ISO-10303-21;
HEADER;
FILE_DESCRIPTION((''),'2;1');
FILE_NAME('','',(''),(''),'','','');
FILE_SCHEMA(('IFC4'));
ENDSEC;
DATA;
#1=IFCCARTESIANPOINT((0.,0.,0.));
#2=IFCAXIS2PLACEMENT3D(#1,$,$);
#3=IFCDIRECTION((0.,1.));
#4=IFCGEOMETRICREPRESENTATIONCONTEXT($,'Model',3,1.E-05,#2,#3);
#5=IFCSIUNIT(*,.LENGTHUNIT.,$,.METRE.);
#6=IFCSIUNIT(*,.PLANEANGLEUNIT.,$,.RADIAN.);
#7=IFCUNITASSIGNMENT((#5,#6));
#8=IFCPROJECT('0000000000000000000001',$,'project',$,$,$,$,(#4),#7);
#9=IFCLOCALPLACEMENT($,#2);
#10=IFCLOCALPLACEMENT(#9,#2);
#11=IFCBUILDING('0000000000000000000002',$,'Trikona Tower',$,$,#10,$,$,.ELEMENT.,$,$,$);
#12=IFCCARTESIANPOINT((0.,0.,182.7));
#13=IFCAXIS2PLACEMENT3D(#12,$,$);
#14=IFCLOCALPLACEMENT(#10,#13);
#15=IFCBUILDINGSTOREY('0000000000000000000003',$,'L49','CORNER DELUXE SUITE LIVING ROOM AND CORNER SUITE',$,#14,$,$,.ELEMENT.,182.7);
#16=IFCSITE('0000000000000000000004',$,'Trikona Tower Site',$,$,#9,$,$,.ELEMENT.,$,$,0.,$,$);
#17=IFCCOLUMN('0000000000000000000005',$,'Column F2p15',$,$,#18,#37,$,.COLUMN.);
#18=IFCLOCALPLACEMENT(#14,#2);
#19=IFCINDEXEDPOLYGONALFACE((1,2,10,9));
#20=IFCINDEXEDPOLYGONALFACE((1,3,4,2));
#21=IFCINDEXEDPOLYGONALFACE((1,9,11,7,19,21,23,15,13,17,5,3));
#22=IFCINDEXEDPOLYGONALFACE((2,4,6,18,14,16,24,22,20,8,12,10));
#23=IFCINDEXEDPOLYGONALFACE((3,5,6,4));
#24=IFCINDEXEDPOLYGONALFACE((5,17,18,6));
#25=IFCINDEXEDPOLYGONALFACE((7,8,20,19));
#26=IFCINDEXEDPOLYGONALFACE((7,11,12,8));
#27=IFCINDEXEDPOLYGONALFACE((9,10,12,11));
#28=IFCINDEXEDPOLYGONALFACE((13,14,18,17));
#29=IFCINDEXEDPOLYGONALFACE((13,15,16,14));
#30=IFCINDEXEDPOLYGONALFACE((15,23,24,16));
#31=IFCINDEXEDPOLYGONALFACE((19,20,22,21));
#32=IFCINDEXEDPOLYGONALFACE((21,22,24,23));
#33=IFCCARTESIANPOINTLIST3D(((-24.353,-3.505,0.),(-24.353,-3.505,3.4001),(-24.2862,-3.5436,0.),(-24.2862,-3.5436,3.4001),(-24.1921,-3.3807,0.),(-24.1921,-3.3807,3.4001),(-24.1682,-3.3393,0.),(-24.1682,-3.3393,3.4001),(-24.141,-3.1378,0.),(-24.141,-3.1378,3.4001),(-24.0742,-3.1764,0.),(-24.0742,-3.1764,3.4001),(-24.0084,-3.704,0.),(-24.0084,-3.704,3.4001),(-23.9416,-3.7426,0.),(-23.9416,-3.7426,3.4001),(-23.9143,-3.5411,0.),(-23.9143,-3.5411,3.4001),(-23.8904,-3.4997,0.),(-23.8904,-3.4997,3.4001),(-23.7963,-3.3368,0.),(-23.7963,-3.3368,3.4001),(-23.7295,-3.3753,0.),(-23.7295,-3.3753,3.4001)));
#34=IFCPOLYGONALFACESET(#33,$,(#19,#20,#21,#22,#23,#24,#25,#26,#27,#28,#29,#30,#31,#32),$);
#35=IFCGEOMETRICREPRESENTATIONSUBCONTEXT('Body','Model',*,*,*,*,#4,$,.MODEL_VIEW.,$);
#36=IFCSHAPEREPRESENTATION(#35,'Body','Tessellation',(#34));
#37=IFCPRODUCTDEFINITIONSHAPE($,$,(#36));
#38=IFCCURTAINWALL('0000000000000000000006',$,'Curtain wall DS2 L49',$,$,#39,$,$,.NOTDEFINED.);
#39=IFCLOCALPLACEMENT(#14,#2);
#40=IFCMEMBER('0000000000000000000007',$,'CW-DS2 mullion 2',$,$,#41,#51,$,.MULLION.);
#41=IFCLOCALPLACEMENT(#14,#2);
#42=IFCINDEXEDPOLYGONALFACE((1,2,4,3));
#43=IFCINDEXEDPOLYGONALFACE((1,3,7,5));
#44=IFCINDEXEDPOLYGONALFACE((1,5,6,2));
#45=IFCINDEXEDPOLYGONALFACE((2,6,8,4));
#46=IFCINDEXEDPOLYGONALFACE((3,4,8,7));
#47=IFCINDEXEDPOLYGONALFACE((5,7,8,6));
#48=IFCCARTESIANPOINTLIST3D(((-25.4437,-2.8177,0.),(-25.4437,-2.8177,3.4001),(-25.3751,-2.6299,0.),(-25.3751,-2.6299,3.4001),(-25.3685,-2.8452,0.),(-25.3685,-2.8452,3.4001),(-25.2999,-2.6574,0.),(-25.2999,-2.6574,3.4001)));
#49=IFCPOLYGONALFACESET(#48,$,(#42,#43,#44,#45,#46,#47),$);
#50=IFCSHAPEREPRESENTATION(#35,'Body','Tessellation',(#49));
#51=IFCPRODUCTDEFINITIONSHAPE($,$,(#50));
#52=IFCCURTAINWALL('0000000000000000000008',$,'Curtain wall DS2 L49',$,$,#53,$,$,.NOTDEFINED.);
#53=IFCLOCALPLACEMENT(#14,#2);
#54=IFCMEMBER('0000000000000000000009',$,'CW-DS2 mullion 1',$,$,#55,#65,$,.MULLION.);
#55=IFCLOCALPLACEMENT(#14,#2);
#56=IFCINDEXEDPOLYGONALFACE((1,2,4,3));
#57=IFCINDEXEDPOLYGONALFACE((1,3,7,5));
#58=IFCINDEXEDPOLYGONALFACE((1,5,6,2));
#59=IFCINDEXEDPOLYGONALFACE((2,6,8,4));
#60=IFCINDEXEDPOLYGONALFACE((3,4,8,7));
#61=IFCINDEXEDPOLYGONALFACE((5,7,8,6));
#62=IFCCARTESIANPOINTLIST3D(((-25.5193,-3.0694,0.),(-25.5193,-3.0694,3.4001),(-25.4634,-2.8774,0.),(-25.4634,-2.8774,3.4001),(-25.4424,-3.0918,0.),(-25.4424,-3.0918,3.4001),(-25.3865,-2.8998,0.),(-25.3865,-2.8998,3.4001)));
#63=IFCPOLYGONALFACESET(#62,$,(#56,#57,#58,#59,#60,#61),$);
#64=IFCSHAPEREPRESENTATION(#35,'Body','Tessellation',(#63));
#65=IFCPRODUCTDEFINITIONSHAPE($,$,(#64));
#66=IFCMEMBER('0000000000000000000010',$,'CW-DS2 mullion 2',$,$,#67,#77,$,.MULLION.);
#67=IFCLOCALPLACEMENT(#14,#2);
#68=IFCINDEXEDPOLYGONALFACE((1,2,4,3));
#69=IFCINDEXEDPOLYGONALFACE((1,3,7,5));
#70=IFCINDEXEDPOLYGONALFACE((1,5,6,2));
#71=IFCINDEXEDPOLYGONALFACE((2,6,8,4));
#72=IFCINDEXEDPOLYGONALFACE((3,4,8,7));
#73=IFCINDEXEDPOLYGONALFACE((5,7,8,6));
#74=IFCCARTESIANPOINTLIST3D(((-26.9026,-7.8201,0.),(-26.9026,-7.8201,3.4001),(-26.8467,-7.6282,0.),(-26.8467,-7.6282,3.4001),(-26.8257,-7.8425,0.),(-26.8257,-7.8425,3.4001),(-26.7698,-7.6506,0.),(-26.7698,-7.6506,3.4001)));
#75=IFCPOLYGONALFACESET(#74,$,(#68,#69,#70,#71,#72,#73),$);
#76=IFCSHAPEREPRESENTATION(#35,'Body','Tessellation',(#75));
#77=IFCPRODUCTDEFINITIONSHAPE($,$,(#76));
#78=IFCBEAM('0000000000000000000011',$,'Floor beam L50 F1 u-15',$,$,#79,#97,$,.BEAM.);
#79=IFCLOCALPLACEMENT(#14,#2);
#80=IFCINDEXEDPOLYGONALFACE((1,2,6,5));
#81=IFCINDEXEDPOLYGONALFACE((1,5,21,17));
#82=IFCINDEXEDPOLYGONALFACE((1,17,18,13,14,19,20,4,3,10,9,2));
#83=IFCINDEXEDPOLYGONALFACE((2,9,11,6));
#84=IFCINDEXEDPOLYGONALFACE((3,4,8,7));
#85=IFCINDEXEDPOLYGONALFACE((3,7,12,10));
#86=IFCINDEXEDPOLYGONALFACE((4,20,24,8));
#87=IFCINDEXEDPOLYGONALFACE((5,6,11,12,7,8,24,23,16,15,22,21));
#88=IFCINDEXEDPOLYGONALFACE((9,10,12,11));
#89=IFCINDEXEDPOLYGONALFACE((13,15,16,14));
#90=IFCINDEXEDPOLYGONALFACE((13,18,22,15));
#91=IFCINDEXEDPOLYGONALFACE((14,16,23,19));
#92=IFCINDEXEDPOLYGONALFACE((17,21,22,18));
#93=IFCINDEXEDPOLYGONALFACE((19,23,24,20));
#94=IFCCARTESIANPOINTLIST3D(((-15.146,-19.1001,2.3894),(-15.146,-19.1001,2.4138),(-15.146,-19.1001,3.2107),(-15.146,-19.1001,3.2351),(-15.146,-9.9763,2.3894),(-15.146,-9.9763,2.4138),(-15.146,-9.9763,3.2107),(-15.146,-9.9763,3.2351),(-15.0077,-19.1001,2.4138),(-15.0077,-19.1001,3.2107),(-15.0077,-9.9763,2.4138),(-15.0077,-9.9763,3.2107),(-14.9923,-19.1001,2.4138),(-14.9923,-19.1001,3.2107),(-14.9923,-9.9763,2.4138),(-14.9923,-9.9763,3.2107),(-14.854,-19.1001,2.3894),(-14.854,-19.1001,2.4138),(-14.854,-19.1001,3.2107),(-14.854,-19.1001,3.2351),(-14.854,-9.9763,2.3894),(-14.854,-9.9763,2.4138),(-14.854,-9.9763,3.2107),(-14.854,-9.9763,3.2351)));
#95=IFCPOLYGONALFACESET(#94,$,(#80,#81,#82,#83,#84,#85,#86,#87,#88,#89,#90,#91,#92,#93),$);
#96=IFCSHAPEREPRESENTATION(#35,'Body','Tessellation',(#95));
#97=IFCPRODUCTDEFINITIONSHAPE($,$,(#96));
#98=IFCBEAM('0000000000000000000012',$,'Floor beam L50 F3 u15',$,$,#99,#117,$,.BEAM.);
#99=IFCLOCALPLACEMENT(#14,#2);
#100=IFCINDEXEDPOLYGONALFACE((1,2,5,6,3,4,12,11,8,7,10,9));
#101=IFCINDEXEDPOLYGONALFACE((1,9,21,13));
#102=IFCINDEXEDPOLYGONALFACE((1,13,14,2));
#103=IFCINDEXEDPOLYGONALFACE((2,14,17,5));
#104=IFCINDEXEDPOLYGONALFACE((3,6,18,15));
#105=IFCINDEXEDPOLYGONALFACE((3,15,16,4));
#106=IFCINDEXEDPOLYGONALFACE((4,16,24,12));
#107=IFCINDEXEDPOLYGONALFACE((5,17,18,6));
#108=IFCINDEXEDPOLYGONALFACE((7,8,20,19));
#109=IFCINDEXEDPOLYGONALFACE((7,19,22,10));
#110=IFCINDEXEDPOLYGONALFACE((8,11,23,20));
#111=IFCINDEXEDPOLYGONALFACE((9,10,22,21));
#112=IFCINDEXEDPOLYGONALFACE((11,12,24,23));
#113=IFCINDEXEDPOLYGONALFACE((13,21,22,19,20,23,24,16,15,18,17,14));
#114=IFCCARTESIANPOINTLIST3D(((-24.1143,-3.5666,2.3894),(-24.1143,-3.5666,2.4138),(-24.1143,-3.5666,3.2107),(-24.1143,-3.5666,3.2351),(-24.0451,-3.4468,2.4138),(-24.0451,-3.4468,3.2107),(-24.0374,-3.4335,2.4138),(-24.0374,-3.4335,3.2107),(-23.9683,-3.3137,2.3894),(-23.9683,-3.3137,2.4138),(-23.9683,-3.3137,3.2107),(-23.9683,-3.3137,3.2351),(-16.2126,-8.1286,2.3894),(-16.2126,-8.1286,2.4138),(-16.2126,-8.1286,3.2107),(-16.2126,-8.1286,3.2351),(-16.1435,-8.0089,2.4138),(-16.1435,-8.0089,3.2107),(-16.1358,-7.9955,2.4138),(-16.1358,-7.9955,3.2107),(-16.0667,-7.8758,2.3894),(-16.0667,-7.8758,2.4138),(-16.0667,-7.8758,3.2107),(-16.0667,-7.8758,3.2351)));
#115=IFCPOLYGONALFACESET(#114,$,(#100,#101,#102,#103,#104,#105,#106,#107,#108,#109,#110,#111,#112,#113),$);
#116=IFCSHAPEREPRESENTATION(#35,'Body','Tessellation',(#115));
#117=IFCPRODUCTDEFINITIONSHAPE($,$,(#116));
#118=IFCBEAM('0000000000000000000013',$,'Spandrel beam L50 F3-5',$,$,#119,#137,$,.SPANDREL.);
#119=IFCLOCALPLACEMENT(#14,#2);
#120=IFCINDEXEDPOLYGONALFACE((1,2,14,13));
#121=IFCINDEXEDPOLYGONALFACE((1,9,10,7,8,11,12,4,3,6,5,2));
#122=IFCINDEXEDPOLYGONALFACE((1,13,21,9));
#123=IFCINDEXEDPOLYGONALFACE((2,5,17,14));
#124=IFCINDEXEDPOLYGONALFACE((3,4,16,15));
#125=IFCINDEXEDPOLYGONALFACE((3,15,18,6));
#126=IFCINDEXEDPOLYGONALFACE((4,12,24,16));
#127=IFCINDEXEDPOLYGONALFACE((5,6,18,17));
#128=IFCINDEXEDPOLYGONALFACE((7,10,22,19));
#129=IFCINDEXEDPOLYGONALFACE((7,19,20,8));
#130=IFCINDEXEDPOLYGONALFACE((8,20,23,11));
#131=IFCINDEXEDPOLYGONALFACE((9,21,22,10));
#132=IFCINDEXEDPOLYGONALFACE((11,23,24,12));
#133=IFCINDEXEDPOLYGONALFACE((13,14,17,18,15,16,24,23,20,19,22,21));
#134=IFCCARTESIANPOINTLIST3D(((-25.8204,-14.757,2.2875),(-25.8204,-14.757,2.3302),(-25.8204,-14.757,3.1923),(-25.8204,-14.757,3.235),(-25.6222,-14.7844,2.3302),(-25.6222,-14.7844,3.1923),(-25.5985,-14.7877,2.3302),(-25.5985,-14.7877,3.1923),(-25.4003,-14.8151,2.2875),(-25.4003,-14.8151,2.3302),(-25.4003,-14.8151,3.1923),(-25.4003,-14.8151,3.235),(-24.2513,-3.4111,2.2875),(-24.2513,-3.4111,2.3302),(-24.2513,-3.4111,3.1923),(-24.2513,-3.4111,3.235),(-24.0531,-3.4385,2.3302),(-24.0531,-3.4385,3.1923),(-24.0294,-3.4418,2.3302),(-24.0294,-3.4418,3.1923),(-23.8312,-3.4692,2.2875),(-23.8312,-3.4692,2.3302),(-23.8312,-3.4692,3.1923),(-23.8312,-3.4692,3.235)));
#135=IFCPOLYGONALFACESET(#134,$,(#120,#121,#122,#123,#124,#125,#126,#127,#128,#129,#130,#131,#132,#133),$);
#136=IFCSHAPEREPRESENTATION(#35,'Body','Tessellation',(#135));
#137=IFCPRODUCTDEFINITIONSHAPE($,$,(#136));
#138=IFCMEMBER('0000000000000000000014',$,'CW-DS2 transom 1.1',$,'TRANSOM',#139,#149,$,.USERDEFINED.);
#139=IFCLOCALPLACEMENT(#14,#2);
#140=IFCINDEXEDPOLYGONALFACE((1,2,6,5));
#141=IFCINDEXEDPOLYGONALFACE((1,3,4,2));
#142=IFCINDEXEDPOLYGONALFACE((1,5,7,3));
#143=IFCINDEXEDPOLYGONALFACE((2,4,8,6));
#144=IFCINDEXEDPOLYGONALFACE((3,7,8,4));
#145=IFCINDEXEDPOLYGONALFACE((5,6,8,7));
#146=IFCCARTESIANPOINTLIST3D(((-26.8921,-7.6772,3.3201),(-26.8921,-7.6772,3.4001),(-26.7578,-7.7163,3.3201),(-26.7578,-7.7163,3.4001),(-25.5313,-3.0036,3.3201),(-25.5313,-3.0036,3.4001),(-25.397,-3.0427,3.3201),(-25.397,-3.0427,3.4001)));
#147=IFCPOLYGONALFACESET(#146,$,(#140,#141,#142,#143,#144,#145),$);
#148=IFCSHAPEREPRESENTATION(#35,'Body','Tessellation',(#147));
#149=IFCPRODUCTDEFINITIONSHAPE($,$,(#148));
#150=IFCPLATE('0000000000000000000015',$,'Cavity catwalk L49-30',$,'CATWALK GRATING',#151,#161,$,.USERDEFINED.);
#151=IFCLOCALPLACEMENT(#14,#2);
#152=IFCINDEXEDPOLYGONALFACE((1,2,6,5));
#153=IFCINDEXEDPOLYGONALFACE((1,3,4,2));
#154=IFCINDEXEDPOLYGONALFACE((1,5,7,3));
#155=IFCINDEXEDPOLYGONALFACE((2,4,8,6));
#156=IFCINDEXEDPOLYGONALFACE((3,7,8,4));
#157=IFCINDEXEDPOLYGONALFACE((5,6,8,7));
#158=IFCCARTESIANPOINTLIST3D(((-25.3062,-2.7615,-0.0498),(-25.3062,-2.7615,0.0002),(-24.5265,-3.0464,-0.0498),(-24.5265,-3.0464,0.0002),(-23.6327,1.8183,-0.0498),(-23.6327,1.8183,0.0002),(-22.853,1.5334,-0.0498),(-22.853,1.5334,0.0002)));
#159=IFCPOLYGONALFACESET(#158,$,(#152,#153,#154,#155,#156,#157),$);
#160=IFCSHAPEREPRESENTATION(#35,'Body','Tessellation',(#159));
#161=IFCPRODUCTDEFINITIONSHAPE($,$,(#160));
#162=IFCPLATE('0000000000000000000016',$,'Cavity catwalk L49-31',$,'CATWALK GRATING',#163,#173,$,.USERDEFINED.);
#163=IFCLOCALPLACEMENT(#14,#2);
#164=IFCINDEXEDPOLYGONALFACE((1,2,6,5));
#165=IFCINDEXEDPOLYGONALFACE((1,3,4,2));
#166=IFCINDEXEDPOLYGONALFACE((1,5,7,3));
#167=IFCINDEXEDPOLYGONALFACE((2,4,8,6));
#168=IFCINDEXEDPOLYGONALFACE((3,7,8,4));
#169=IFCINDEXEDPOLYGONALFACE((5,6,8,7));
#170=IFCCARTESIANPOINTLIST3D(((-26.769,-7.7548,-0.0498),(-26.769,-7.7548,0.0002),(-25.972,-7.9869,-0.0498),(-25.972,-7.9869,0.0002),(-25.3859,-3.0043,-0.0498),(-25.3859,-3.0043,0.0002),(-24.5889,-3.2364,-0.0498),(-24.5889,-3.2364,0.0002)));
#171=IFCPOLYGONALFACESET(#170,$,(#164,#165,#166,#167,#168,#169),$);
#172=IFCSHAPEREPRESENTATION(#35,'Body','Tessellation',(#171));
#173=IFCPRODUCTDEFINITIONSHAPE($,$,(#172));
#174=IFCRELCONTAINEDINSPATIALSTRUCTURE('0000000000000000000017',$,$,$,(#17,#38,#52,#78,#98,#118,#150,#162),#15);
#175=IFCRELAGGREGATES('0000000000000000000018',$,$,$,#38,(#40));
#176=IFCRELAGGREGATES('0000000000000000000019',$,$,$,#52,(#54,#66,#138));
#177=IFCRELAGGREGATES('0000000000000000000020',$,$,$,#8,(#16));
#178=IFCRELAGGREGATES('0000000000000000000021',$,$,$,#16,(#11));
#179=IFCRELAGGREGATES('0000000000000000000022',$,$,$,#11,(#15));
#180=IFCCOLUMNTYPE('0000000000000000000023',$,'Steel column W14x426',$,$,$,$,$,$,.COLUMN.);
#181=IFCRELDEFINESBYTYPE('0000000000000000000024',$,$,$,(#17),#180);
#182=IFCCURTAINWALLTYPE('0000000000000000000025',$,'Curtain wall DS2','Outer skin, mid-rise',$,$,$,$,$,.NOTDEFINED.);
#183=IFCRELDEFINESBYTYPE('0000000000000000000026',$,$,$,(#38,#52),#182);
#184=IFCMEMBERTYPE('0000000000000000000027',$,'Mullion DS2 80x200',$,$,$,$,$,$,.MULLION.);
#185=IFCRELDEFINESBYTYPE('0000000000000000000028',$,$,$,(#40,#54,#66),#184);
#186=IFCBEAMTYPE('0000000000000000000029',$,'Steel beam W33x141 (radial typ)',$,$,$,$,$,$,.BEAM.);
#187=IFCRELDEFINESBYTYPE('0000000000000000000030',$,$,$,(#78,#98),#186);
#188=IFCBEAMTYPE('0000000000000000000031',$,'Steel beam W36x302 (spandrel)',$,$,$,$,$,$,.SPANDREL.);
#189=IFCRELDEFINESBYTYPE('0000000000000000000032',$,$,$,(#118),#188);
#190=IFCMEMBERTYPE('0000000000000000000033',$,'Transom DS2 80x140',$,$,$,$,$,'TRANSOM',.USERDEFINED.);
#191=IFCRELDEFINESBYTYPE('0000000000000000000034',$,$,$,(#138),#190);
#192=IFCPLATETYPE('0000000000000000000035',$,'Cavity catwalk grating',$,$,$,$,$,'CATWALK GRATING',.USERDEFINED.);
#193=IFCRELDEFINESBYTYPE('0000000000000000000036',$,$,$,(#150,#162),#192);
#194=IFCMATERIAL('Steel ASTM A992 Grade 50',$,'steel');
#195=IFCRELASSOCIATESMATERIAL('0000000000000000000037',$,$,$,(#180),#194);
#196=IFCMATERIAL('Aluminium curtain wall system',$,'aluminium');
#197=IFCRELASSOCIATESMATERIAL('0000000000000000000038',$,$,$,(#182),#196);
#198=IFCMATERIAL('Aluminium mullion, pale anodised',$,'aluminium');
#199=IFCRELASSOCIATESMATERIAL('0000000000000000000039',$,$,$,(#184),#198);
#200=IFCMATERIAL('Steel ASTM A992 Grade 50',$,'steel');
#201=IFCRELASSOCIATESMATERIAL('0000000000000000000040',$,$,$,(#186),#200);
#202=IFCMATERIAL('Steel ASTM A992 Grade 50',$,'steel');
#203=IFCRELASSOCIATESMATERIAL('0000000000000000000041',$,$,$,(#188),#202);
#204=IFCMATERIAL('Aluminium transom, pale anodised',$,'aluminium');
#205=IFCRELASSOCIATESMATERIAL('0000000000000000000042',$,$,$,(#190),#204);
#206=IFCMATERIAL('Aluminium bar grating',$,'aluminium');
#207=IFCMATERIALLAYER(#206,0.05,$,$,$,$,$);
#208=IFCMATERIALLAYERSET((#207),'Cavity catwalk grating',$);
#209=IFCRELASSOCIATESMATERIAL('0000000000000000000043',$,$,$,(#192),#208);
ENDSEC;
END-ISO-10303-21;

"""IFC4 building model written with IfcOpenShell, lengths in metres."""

from ifc_helpers import new_model, si_unit, direction, frame, origin, origin_2d, place, context, subcontext, project, spatial, rectangle, i_section, extrude, material, layer, layer_set, material_profile, profile_set, type_object, element, aggregate, save


model = new_model("IFC4")

# Units and contexts
model_context = context("Model", 3, precision=1e-05, world=origin(), true_north=direction((0.0, 1.0)))
body_context = subcontext(model_context, "Body", "Model", "MODEL_VIEW")
ifc_project = project(units=[si_unit("LENGTHUNIT", "METRE"), si_unit("PLANEANGLEUNIT", "RADIAN")], contexts=[model_context])

# Site, building, storey
site_placement = place(None, origin())
site = spatial("IfcSite", under=ifc_project, at=site_placement, Name="Trikona Tower Site", CompositionType="ELEMENT", RefElevation=0.0)
building_placement = place(site_placement, origin())
building = spatial("IfcBuilding", under=site, at=building_placement, Name="Trikona Tower", CompositionType="ELEMENT")
storey_placement = place(building_placement, frame((0.0, 0.0, 182.7)))
storey = spatial("IfcBuildingStorey", under=building, at=storey_placement, Name="L49", Description="CORNER DELUXE SUITE LIVING ROOM AND CORNER SUITE", CompositionType="ELEMENT", Elevation=182.7)

# Column
ifc_material_1 = material(Name="Steel ASTM A992 Grade 50", Category="steel")
ifc_material_profile_1 = material_profile(ifc_material_1, i_section(OverallWidth=0.4241, OverallDepth=0.4751, WebThickness=0.0479, FlangeThickness=0.0771, at=origin_2d()), Name="W14X426")
ifc_profile_set_1 = profile_set([ifc_material_profile_1], Name="Steel ASTM A992 Grade 50")
column_type = type_object("IfcColumnType", Name="Steel column W14x426", PredefinedType="COLUMN", material=ifc_profile_set_1)
column_placement = place(storey_placement, frame((-24.0413, -3.4402, 0.0), z_axis=(0.0, 0.0, 1.0), x_axis=(-0.5, -0.866025, 0.0)))
element("IfcColumn", 1, at=column_placement, inside=storey, type_object=column_type, Name="Column F2p15", PredefinedType="COLUMN", context=body_context, shape_type="SweptSolid", body=[
    extrude(i_section(OverallWidth=0.4241, OverallDepth=0.4751, WebThickness=0.0479, FlangeThickness=0.0771, at=origin_2d()), origin(), (0.0, 0.0, 1.0), 3.4001),
])

# Curtain wall, member
ifc_material_2 = material(Name="Aluminium curtain wall system", Category="aluminium")
curtain_wall_type = type_object("IfcCurtainWallType", Name="Curtain wall DS2", Description="Outer skin, mid-rise", PredefinedType="NOTDEFINED", material=ifc_material_2)
curtain_wall_1_placement = place(storey_placement, origin())
curtain_wall_1 = element("IfcCurtainWall", 2, at=curtain_wall_1_placement, inside=storey, type_object=curtain_wall_type, Name="Curtain wall DS2 L49", PredefinedType="NOTDEFINED")
ifc_material_3 = material(Name="Aluminium mullion, pale anodised", Category="aluminium")
ifc_material_profile_2 = material_profile(ifc_material_3, rectangle(XDim=0.0801, YDim=0.2, at=origin_2d()), Name="MUL-DS2")
ifc_profile_set_2 = profile_set([ifc_material_profile_2], Name="Aluminium mullion, pale anodised")
member_type_1 = type_object("IfcMemberType", Name="Mullion DS2 80x200", PredefinedType="MULLION", material=ifc_profile_set_2)
member_1_placement = place(storey_placement, frame((-25.3718, -2.7375, 0.0), z_axis=(0.0, 0.0, 1.0), x_axis=(0.939254, -0.343223, 0.0)))
member_1 = element("IfcMember", 3, at=member_1_placement, type_object=member_type_1, Name="CW-DS2 mullion 2", PredefinedType="MULLION", context=body_context, shape_type="SweptSolid", body=[
    extrude(rectangle(XDim=0.0801, YDim=0.2, at=origin_2d()), origin(), (0.0, 0.0, 1.0), 3.4001),
])
aggregate(curtain_wall_1, [member_1])

# Curtain wall, members
curtain_wall_2_placement = place(storey_placement, origin())
curtain_wall_2 = element("IfcCurtainWall", 4, at=curtain_wall_2_placement, inside=storey, type_object=curtain_wall_type, Name="Curtain wall DS2 L49", PredefinedType="NOTDEFINED")
member_2_placement = place(storey_placement, frame((-25.4529, -2.9846, 0.0), z_axis=(0.0, 0.0, 1.0), x_axis=(0.960133, -0.279543, 0.0)))
member_2 = element("IfcMember", 5, at=member_2_placement, type_object=member_type_1, Name="CW-DS2 mullion 1", PredefinedType="MULLION", context=body_context, shape_type="SweptSolid", body=[
    extrude(rectangle(XDim=0.0801, YDim=0.2, at=origin_2d()), origin(), (0.0, 0.0, 1.0), 3.4001),
])
member_3_placement = place(storey_placement, frame((-26.8362, -7.7354, 0.0), z_axis=(0.0, 0.0, 1.0), x_axis=(0.960133, -0.279543, 0.0)))
member_3 = element("IfcMember", 6, at=member_3_placement, type_object=member_type_1, Name="CW-DS2 mullion 2", PredefinedType="MULLION", context=body_context, shape_type="SweptSolid", body=[
    extrude(rectangle(XDim=0.0801, YDim=0.2, at=origin_2d()), origin(), (0.0, 0.0, 1.0), 3.4001),
])

# Beams
ifc_material_4 = material(Name="Steel ASTM A992 Grade 50", Category="steel")
ifc_material_profile_3 = material_profile(ifc_material_4, i_section(OverallWidth=0.292, OverallDepth=0.8457, WebThickness=0.0154, FlangeThickness=0.0244, at=origin_2d()), Name="W33X141")
ifc_profile_set_3 = profile_set([ifc_material_profile_3], Name="Steel ASTM A992 Grade 50")
beam_type_1 = type_object("IfcBeamType", Name="Steel beam W33x141 (radial typ)", PredefinedType="BEAM", material=ifc_profile_set_3)
beam_1_placement = place(storey_placement, frame((-15.0, -9.9763, 2.8123), z_axis=(0.0, -1.0, 0.0), x_axis=(1.0, 0.0, 0.0)))
element("IfcBeam", 7, at=beam_1_placement, inside=storey, type_object=beam_type_1, Name="Floor beam L50 F1 u-15", PredefinedType="BEAM", context=body_context, shape_type="SweptSolid", body=[
    extrude(i_section(OverallWidth=0.292, OverallDepth=0.8457, WebThickness=0.0154, FlangeThickness=0.0244, at=origin_2d()), origin(), (0.0, 0.0, 1.0), 9.1238),
])
beam_2_placement = place(storey_placement, frame((-16.1396, -8.0022, 2.8123), z_axis=(-0.866025, 0.500001, 0.0), x_axis=(-0.500001, -0.866025, 0.0)))
element("IfcBeam", 8, at=beam_2_placement, inside=storey, type_object=beam_type_1, Name="Floor beam L50 F3 u15", PredefinedType="BEAM", context=body_context, shape_type="SweptSolid", body=[
    extrude(i_section(OverallWidth=0.292, OverallDepth=0.8457, WebThickness=0.0154, FlangeThickness=0.0244, at=origin_2d()), origin(), (0.0, 0.0, 1.0), 9.124),
])
ifc_material_5 = material(Name="Steel ASTM A992 Grade 50", Category="steel")
ifc_material_profile_4 = material_profile(ifc_material_5, i_section(OverallWidth=0.4241, OverallDepth=0.9475, WebThickness=0.0239, FlangeThickness=0.0427, at=origin_2d()), Name="W36X302")
ifc_profile_set_4 = profile_set([ifc_material_profile_4], Name="Steel ASTM A992 Grade 50")
beam_type_2 = type_object("IfcBeamType", Name="Steel beam W36x302 (spandrel)", PredefinedType="SPANDREL", material=ifc_profile_set_4)
beam_3_placement = place(storey_placement, frame((-24.0413, -3.4402, 2.7612), z_axis=(-0.136992, -0.990572, 0.0), x_axis=(0.990572, -0.136992, 0.0)))
element("IfcBeam", 9, at=beam_3_placement, inside=storey, type_object=beam_type_2, Name="Spandrel beam L50 F3-5", PredefinedType="SPANDREL", context=body_context, shape_type="SweptSolid", body=[
    extrude(i_section(OverallWidth=0.4241, OverallDepth=0.9475, WebThickness=0.0239, FlangeThickness=0.0427, at=origin_2d()), origin(), (0.0, 0.0, 1.0), 11.4539),
])

# Member
ifc_material_6 = material(Name="Aluminium transom, pale anodised", Category="aluminium")
ifc_material_profile_5 = material_profile(ifc_material_6, rectangle(XDim=0.1399, YDim=0.0801, at=origin_2d()), Name="TRN-DS2")
ifc_profile_set_5 = profile_set([ifc_material_profile_5], Name="Aluminium transom, pale anodised")
member_type_2 = type_object("IfcMemberType", Name="Transom DS2 80x140", ElementType="TRANSOM", PredefinedType="USERDEFINED", material=ifc_profile_set_5)
member_4_placement = place(storey_placement, frame((-25.4641, -3.0232, 3.3601), z_axis=(-0.279567, -0.960126, 0.0), x_axis=(0.960126, -0.279567, 0.0)))
member_4 = element("IfcMember", 10, at=member_4_placement, type_object=member_type_2, Name="CW-DS2 transom 1.1", ObjectType="TRANSOM", PredefinedType="USERDEFINED", context=body_context, shape_type="SweptSolid", body=[
    extrude(rectangle(XDim=0.1399, YDim=0.0801, at=origin_2d()), origin(), (0.0, 0.0, 1.0), 4.8677),
])

# Plates
ifc_material_7 = material(Name="Aluminium bar grating", Category="aluminium")
ifc_layer_1 = layer(ifc_material_7, 0.05)
ifc_layer_set_1 = layer_set([ifc_layer_1], Name="Cavity catwalk grating")
plate_type_1 = type_object("IfcPlateType", Name="Cavity catwalk grating", ElementType="CATWALK GRATING", PredefinedType="USERDEFINED", material=ifc_layer_set_1)
plate_1_placement = place(storey_placement, frame((-24.0796, -0.614, -0.0498), z_axis=(0.0, 0.0, 1.0), x_axis=(-0.34322, -0.939255, 0.0)))
element("IfcPlate", 11, at=plate_1_placement, inside=storey, type_object=plate_type_1, Name="Cavity catwalk L49-30", ObjectType="CATWALK GRATING", PredefinedType="USERDEFINED", context=body_context, shape_type="SweptSolid", body=[
    extrude(rectangle(XDim=4.876, YDim=0.8301, at=origin_2d()), origin(), (0.0, 0.0, 1.0), 0.05),
])
plate_2_placement = place(storey_placement, frame((-25.679, -5.4956, -0.0498), z_axis=(0.0, 0.0, 1.0), x_axis=(-0.279554, -0.96013, 0.0)))
element("IfcPlate", 12, at=plate_2_placement, inside=storey, type_object=plate_type_1, Name="Cavity catwalk L49-31", ObjectType="CATWALK GRATING", PredefinedType="USERDEFINED", context=body_context, shape_type="SweptSolid", body=[
    extrude(rectangle(XDim=4.9478, YDim=0.8301, at=origin_2d()), origin(), (0.0, 0.0, 1.0), 0.05),
])

aggregate(curtain_wall_2, [member_2, member_3, member_4])

save(model, "model.ifc")
